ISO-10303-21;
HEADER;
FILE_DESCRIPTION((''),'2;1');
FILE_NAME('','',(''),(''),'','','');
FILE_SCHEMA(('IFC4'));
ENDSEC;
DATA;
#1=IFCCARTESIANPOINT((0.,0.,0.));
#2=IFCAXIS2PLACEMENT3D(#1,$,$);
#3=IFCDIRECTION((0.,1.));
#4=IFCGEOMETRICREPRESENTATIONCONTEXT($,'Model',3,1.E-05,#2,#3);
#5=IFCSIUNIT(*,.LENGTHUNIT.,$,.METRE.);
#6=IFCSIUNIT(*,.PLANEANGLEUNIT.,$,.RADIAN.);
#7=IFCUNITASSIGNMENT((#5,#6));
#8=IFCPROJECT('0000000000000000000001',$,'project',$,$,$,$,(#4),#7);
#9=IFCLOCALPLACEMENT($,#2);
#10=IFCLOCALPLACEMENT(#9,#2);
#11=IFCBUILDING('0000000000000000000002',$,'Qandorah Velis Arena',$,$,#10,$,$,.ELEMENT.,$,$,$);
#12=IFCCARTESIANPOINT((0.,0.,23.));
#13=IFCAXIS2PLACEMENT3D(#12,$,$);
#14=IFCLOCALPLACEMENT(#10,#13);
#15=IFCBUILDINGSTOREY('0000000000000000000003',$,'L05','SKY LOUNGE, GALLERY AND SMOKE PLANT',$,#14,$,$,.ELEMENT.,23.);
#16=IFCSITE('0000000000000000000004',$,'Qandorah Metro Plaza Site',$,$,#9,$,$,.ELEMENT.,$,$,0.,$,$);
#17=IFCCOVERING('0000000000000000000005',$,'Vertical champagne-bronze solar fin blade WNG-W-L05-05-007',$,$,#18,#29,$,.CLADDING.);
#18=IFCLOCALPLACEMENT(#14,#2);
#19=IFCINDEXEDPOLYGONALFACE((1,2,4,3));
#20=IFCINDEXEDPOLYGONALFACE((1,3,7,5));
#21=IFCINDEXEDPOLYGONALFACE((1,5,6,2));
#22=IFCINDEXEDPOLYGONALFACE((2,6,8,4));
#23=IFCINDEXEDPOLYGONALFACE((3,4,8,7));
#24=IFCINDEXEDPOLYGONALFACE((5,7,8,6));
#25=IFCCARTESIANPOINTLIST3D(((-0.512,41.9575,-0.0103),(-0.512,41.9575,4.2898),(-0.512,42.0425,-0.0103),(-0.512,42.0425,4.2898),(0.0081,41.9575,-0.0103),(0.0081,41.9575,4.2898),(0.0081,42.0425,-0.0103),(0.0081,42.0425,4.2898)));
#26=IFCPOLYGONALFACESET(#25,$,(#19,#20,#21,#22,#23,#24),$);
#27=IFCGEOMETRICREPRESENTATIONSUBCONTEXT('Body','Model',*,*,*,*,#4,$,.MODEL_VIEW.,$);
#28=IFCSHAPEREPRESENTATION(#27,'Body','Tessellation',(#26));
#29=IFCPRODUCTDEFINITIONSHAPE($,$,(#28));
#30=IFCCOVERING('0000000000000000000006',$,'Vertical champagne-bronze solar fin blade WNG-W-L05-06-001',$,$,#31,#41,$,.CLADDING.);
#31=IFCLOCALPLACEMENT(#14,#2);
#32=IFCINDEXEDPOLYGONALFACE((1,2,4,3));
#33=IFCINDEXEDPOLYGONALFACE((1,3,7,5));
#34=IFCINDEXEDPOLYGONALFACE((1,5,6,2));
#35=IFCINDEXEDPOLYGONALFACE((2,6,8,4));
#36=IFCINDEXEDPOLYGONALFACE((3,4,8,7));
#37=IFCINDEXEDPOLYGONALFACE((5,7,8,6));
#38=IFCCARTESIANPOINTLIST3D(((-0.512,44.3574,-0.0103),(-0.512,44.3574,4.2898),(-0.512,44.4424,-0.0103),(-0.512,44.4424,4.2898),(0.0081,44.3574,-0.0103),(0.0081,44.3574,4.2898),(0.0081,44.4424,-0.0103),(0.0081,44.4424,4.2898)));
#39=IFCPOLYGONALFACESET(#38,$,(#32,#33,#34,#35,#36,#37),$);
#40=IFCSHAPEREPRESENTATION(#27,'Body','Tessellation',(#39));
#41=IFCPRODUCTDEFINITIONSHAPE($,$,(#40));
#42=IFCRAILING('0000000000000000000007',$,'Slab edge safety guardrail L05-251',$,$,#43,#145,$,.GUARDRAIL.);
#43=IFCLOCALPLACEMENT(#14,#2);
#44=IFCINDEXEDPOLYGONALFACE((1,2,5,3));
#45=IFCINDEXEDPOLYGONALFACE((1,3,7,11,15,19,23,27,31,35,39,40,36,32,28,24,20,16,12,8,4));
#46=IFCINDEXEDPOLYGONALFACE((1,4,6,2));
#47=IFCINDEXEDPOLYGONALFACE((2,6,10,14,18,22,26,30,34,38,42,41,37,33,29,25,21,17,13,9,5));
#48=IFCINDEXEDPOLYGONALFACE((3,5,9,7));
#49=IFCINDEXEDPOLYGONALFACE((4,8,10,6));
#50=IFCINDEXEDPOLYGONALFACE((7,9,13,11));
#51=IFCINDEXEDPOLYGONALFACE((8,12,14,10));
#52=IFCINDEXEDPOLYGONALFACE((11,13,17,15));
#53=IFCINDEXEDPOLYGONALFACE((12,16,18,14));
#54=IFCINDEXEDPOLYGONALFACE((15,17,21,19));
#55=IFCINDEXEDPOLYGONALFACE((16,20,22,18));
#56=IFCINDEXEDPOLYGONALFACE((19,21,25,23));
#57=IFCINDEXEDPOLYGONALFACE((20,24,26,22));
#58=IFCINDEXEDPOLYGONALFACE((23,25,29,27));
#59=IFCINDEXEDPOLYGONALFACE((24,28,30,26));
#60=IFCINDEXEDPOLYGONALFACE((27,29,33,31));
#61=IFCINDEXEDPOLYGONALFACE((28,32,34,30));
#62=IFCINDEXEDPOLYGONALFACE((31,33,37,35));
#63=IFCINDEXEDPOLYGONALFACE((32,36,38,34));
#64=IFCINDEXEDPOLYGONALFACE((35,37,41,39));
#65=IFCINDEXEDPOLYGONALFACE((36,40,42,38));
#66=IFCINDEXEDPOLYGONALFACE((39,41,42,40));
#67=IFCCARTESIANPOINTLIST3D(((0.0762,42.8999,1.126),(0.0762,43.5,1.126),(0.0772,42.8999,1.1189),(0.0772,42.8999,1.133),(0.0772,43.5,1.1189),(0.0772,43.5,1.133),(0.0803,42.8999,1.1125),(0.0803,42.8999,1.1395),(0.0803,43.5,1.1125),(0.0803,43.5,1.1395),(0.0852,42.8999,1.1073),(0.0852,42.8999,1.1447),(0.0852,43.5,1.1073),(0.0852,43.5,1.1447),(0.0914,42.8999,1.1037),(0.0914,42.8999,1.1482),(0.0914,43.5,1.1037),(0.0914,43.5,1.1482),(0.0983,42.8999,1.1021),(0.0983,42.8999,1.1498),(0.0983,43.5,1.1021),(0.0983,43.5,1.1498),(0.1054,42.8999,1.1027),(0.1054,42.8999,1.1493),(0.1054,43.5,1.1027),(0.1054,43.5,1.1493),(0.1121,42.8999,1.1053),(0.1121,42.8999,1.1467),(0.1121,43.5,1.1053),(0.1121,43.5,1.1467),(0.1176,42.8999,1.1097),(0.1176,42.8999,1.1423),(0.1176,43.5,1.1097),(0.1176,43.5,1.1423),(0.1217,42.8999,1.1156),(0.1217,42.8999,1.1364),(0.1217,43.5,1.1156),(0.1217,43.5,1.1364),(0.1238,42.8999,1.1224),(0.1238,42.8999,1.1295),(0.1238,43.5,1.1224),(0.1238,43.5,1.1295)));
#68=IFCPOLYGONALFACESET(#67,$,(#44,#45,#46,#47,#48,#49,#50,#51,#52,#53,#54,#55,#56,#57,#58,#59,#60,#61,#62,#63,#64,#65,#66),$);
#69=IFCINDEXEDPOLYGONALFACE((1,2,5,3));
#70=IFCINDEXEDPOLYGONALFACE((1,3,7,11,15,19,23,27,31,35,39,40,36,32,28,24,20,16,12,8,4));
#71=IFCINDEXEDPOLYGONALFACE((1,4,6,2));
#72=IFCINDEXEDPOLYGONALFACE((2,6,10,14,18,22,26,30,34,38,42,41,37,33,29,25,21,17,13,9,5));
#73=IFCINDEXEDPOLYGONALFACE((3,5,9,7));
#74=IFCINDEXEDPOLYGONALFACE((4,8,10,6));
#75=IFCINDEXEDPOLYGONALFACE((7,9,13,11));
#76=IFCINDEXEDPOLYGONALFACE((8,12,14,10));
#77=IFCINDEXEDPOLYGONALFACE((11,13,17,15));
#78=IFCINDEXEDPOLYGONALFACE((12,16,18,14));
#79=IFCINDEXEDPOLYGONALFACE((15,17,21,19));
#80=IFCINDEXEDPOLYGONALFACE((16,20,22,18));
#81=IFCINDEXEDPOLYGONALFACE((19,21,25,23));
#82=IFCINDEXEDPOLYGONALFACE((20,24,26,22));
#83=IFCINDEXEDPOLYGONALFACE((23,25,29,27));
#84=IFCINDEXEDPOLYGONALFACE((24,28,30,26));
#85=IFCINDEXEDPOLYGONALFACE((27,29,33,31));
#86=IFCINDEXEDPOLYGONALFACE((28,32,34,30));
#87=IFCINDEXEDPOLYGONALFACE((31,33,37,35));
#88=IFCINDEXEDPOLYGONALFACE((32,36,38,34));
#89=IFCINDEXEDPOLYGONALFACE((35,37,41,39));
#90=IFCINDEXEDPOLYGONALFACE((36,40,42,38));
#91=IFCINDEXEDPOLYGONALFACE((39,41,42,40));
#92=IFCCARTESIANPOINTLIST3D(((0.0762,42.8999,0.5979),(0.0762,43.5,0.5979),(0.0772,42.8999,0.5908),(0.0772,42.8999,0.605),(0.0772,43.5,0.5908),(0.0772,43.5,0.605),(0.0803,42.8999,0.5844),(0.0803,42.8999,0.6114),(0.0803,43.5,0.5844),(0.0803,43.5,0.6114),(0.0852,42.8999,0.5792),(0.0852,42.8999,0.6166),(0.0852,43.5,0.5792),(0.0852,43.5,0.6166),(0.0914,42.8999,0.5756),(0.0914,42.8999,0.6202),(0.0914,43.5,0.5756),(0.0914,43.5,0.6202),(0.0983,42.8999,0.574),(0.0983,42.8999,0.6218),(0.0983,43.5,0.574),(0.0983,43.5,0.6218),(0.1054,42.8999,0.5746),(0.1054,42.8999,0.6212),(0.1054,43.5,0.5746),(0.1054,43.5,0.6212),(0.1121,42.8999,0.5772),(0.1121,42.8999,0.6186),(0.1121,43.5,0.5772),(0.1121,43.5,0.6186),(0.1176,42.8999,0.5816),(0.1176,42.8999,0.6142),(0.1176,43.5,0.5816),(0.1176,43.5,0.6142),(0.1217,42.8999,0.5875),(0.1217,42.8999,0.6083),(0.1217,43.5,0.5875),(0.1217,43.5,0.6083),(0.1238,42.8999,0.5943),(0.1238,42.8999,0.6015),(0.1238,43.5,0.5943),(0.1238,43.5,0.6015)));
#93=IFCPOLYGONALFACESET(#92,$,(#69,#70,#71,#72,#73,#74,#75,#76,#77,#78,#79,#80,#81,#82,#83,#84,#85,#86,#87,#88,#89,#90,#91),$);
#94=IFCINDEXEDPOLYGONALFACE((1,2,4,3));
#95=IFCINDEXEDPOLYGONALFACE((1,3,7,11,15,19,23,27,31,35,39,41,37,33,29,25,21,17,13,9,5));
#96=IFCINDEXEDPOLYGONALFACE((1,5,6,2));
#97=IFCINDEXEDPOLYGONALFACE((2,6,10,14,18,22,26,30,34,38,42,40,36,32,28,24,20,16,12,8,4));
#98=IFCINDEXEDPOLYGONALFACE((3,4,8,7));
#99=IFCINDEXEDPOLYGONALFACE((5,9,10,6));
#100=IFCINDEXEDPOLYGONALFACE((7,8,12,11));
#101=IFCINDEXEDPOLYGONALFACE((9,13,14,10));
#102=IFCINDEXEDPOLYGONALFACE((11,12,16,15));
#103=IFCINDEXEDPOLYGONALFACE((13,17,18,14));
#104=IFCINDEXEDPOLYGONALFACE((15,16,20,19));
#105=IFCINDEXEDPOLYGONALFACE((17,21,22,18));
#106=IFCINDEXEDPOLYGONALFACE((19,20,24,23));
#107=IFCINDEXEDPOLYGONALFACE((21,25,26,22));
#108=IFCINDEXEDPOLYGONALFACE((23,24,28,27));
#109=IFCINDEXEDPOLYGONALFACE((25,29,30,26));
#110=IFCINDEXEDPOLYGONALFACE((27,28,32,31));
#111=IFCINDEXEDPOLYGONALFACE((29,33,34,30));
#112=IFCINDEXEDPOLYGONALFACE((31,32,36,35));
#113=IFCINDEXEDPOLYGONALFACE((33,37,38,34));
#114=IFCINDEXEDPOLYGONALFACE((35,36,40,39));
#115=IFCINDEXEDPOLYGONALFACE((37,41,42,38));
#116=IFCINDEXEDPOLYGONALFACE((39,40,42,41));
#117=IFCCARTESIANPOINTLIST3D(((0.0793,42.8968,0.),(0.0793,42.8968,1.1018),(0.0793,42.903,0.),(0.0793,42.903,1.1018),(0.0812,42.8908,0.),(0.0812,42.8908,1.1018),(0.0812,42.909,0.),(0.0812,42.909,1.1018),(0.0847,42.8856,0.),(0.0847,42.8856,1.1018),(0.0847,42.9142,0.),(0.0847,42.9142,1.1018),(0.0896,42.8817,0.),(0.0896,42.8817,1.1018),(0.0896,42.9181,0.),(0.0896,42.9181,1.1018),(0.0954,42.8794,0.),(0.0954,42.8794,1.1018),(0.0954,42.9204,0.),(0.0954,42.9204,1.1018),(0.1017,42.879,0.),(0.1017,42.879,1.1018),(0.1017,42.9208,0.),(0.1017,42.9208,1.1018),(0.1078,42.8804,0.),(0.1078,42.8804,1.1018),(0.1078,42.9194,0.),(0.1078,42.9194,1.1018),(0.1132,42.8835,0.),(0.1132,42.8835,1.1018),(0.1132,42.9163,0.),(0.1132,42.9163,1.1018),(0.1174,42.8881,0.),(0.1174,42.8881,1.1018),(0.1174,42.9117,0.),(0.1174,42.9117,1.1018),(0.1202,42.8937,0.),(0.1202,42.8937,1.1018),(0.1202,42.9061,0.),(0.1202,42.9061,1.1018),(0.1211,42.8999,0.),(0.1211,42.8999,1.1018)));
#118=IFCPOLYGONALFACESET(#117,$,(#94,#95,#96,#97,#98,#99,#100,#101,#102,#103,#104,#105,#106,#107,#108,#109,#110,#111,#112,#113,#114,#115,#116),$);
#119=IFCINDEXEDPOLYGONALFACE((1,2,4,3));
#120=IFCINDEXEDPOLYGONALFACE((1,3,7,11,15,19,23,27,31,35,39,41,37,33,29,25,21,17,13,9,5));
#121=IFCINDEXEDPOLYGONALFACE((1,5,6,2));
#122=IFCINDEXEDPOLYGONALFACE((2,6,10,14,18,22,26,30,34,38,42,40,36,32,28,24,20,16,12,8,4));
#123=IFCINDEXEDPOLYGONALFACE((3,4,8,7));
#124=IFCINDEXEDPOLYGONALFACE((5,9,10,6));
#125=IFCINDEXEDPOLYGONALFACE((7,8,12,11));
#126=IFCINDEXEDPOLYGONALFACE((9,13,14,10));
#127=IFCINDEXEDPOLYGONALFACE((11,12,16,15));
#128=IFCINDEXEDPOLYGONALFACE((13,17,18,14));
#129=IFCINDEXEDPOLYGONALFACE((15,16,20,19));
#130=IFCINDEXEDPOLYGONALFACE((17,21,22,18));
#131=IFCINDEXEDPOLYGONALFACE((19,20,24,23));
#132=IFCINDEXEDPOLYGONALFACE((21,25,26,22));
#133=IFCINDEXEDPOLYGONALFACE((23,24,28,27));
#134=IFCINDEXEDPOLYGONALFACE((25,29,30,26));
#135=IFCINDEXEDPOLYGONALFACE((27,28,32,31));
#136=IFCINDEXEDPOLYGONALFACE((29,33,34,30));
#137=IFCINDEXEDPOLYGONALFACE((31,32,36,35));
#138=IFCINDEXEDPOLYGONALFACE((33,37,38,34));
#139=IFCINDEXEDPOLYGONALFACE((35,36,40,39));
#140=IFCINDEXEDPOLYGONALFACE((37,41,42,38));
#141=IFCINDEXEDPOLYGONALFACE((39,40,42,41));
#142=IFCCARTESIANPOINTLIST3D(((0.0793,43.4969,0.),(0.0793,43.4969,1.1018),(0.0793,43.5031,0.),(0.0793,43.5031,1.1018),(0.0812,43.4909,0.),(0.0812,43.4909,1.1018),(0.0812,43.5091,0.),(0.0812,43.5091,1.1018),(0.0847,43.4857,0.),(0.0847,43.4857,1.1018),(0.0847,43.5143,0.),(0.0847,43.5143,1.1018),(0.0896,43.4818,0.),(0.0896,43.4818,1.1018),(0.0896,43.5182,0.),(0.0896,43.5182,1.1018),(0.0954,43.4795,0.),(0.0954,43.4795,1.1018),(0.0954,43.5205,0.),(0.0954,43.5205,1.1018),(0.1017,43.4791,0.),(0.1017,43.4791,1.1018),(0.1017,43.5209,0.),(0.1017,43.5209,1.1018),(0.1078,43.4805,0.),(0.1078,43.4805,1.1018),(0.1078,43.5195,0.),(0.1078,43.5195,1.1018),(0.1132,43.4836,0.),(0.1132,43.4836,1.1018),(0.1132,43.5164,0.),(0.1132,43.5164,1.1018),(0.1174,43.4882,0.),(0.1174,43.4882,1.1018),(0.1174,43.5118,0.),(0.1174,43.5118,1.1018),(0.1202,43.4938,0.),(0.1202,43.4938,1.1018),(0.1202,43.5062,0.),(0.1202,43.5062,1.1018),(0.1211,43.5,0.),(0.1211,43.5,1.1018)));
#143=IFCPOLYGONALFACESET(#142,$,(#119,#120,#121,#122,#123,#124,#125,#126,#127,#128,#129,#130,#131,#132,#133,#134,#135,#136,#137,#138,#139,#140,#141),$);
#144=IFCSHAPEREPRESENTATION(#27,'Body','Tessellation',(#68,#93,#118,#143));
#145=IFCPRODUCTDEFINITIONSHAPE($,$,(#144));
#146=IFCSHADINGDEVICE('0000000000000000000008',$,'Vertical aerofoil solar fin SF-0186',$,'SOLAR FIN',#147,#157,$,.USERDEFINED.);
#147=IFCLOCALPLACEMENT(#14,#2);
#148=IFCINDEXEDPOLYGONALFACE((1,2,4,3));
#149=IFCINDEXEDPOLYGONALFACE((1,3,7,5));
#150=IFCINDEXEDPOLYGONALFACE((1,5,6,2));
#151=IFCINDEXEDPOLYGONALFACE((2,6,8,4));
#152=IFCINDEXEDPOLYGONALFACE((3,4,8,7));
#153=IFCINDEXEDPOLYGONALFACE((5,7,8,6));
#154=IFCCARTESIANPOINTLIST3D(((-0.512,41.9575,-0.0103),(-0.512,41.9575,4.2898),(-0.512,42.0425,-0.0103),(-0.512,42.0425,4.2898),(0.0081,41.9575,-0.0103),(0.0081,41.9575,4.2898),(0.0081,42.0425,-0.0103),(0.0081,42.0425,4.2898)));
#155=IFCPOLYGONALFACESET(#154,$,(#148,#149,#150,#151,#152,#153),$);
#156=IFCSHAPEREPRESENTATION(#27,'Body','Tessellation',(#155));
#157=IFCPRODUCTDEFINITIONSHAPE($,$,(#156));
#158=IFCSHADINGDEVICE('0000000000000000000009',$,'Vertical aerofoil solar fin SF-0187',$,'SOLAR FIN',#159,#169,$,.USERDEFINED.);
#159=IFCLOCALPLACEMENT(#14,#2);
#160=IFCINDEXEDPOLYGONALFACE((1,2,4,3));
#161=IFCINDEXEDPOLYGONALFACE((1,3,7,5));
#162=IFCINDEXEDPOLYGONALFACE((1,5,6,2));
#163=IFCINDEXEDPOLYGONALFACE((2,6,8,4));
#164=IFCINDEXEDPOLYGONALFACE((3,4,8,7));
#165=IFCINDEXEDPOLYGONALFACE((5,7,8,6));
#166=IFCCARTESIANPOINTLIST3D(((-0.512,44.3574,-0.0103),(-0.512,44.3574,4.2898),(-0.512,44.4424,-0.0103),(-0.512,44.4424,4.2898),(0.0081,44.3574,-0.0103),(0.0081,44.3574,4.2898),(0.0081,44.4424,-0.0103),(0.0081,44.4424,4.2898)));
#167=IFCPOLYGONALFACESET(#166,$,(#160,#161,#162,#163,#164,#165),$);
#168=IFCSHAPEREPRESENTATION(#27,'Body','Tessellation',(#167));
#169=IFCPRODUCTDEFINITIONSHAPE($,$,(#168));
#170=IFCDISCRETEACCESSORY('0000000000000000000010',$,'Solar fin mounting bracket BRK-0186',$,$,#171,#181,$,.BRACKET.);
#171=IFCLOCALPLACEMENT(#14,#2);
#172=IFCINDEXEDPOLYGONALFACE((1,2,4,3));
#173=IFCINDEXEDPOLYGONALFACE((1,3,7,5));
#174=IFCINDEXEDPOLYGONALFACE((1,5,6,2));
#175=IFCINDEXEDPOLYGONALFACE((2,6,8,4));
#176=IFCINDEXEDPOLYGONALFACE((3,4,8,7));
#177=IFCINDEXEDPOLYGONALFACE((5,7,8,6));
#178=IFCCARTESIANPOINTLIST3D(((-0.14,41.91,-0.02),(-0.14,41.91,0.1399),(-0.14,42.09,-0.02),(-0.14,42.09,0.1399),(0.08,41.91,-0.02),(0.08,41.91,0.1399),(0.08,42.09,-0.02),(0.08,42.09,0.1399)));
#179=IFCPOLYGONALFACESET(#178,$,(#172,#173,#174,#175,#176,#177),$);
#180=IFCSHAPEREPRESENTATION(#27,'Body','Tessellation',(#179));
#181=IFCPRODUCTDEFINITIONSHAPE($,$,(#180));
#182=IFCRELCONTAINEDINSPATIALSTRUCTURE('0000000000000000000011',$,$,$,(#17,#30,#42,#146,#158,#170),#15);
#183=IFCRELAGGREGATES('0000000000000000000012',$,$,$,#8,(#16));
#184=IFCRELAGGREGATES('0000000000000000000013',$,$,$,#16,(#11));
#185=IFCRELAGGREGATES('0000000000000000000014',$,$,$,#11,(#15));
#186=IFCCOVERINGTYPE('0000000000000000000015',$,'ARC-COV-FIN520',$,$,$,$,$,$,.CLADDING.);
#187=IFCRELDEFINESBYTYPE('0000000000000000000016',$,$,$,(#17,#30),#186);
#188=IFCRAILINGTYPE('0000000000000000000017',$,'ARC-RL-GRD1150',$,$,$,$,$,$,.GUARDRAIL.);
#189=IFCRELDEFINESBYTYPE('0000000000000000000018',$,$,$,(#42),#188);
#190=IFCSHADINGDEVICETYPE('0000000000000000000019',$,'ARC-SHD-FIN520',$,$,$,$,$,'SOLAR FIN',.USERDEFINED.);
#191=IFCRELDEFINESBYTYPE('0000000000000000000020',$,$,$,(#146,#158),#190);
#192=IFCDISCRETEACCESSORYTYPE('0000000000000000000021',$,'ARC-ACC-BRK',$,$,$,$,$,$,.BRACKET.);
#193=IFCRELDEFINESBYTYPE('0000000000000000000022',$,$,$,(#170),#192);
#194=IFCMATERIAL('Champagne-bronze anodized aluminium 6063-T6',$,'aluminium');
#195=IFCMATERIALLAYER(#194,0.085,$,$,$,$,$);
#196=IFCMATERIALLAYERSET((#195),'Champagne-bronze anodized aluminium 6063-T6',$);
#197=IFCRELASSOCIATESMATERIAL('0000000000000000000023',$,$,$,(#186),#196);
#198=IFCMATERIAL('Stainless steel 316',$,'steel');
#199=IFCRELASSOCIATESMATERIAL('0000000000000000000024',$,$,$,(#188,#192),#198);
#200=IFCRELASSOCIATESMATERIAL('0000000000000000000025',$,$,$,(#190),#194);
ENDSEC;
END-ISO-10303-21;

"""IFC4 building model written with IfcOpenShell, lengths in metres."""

from ifc_helpers import new_model, si_unit, direction, frame, origin, origin_2d, place, context, subcontext, project, spatial, rectangle, circle, extrude, material, layer, layer_set, type_object, element, save


model = new_model("IFC4")

# Units and contexts
model_context = context("Model", 3, precision=1e-05, world=origin(), true_north=direction((0.0, 1.0)))
body_context = subcontext(model_context, "Body", "Model", "MODEL_VIEW")
ifc_project = project(units=[si_unit("LENGTHUNIT", "METRE"), si_unit("PLANEANGLEUNIT", "RADIAN")], contexts=[model_context])

# Site, building, storey
site_placement = place(None, origin())
site = spatial("IfcSite", under=ifc_project, at=site_placement, Name="Qandorah Metro Plaza Site", CompositionType="ELEMENT", RefElevation=0.0)
building_placement = place(site_placement, origin())
building = spatial("IfcBuilding", under=site, at=building_placement, Name="Qandorah Velis Arena", CompositionType="ELEMENT")
storey_placement = place(building_placement, frame((0.0, 0.0, 23.0)))
storey = spatial("IfcBuildingStorey", under=building, at=storey_placement, Name="L05", Description="SKY LOUNGE, GALLERY AND SMOKE PLANT", CompositionType="ELEMENT", Elevation=23.0)

# Shared definitions
ifc_material_1 = material(Name="Champagne-bronze anodized aluminium 6063-T6", Category="aluminium")

# Coverings
ifc_layer_1 = layer(ifc_material_1, 0.085)
ifc_layer_set_1 = layer_set([ifc_layer_1], Name="Champagne-bronze anodized aluminium 6063-T6")
covering_type = type_object("IfcCoveringType", Name="ARC-COV-FIN520", PredefinedType="CLADDING", material=ifc_layer_set_1)
for number, where, z_axis, x_axis, name in (
    (1, (-0.252, 42.0, -0.0103), (0.0, 0.0, 1.0), (1.0, 0.0, 0.0), "Vertical champagne-bronze solar fin blade WNG-W-L05-05-007"),
    (2, (-0.252, 44.3999, -0.0103), (0.0, 0.0, 1.0), (1.0, 0.0, 0.0), "Vertical champagne-bronze solar fin blade WNG-W-L05-06-001"),
):
    element("IfcCovering", number, at=place(storey_placement, frame(where, z_axis=z_axis, x_axis=x_axis)), inside=storey, type_object=covering_type, Name=name, PredefinedType="CLADDING", context=body_context, shape_type="SweptSolid", body=[
        extrude(rectangle(XDim=0.52, YDim=0.085, at=origin_2d()), origin(), (0.0, 0.0, 1.0), 4.3),
    ])

# Railing
ifc_material_2 = material(Name="Stainless steel 316", Category="steel")
railing_type = type_object("IfcRailingType", Name="ARC-RL-GRD1150", PredefinedType="GUARDRAIL", material=ifc_material_2)
railing_placement = place(storey_placement, frame((0.1001, 42.8999, 0.0)))
element("IfcRailing", 3, at=railing_placement, inside=storey, type_object=railing_type, Name="Slab edge safety guardrail L05-251", PredefinedType="GUARDRAIL", context=body_context, shape_type="SweptSolid", body=[
    extrude(circle(Radius=0.0239, at=origin_2d()), frame((0.0, 0.0, 1.126), z_axis=(0.0, 1.0, 0.0), x_axis=(-1.0, 0.0, 0.0)), (0.0, 0.0, 1.0), 0.6001),
    extrude(circle(Radius=0.0239, at=origin_2d()), frame((0.0, 0.0, 0.5979), z_axis=(0.0, 1.0, 0.0), x_axis=(-1.0, 0.0, 0.0)), (0.0, 0.0, 1.0), 0.6001),
    extrude(circle(Radius=0.021, at=origin_2d()), origin(), (0.0, 0.0, 1.0), 1.1018),
    extrude(circle(Radius=0.021, at=origin_2d()), frame((0.0, 0.6001, 0.0)), (0.0, 0.0, 1.0), 1.1018),
])

# Shading devices
shading_device_type = type_object("IfcShadingDeviceType", Name="ARC-SHD-FIN520", ElementType="SOLAR FIN", PredefinedType="USERDEFINED", material=ifc_material_1)
for number, where, z_axis, x_axis, name in (
    (4, (-0.252, 42.0, -0.0103), (0.0, 0.0, 1.0), (1.0, 0.0, 0.0), "Vertical aerofoil solar fin SF-0186"),
    (5, (-0.252, 44.3999, -0.0103), (0.0, 0.0, 1.0), (1.0, 0.0, 0.0), "Vertical aerofoil solar fin SF-0187"),
):
    element("IfcShadingDevice", number, at=place(storey_placement, frame(where, z_axis=z_axis, x_axis=x_axis)), inside=storey, type_object=shading_device_type, Name=name, ObjectType="SOLAR FIN", PredefinedType="USERDEFINED", context=body_context, shape_type="SweptSolid", body=[
        extrude(rectangle(XDim=0.52, YDim=0.085, at=origin_2d()), origin(), (0.0, 0.0, 1.0), 4.3),
    ])

# Discrete accessory
discrete_accessory_type = type_object("IfcDiscreteAccessoryType", Name="ARC-ACC-BRK", PredefinedType="BRACKET", material=ifc_material_2)
discrete_accessory_placement = place(storey_placement, frame((-0.03, 42.0, -0.02), z_axis=(0.0, 0.0, 1.0), x_axis=(1.0, 0.0, 0.0)))
element("IfcDiscreteAccessory", 6, at=discrete_accessory_placement, inside=storey, type_object=discrete_accessory_type, Name="Solar fin mounting bracket BRK-0186", PredefinedType="BRACKET", context=body_context, shape_type="SweptSolid", body=[
    extrude(rectangle(XDim=0.22, YDim=0.1799, at=origin_2d()), origin(), (0.0, 0.0, 1.0), 0.1599),
])

save(model, "model.ifc")
